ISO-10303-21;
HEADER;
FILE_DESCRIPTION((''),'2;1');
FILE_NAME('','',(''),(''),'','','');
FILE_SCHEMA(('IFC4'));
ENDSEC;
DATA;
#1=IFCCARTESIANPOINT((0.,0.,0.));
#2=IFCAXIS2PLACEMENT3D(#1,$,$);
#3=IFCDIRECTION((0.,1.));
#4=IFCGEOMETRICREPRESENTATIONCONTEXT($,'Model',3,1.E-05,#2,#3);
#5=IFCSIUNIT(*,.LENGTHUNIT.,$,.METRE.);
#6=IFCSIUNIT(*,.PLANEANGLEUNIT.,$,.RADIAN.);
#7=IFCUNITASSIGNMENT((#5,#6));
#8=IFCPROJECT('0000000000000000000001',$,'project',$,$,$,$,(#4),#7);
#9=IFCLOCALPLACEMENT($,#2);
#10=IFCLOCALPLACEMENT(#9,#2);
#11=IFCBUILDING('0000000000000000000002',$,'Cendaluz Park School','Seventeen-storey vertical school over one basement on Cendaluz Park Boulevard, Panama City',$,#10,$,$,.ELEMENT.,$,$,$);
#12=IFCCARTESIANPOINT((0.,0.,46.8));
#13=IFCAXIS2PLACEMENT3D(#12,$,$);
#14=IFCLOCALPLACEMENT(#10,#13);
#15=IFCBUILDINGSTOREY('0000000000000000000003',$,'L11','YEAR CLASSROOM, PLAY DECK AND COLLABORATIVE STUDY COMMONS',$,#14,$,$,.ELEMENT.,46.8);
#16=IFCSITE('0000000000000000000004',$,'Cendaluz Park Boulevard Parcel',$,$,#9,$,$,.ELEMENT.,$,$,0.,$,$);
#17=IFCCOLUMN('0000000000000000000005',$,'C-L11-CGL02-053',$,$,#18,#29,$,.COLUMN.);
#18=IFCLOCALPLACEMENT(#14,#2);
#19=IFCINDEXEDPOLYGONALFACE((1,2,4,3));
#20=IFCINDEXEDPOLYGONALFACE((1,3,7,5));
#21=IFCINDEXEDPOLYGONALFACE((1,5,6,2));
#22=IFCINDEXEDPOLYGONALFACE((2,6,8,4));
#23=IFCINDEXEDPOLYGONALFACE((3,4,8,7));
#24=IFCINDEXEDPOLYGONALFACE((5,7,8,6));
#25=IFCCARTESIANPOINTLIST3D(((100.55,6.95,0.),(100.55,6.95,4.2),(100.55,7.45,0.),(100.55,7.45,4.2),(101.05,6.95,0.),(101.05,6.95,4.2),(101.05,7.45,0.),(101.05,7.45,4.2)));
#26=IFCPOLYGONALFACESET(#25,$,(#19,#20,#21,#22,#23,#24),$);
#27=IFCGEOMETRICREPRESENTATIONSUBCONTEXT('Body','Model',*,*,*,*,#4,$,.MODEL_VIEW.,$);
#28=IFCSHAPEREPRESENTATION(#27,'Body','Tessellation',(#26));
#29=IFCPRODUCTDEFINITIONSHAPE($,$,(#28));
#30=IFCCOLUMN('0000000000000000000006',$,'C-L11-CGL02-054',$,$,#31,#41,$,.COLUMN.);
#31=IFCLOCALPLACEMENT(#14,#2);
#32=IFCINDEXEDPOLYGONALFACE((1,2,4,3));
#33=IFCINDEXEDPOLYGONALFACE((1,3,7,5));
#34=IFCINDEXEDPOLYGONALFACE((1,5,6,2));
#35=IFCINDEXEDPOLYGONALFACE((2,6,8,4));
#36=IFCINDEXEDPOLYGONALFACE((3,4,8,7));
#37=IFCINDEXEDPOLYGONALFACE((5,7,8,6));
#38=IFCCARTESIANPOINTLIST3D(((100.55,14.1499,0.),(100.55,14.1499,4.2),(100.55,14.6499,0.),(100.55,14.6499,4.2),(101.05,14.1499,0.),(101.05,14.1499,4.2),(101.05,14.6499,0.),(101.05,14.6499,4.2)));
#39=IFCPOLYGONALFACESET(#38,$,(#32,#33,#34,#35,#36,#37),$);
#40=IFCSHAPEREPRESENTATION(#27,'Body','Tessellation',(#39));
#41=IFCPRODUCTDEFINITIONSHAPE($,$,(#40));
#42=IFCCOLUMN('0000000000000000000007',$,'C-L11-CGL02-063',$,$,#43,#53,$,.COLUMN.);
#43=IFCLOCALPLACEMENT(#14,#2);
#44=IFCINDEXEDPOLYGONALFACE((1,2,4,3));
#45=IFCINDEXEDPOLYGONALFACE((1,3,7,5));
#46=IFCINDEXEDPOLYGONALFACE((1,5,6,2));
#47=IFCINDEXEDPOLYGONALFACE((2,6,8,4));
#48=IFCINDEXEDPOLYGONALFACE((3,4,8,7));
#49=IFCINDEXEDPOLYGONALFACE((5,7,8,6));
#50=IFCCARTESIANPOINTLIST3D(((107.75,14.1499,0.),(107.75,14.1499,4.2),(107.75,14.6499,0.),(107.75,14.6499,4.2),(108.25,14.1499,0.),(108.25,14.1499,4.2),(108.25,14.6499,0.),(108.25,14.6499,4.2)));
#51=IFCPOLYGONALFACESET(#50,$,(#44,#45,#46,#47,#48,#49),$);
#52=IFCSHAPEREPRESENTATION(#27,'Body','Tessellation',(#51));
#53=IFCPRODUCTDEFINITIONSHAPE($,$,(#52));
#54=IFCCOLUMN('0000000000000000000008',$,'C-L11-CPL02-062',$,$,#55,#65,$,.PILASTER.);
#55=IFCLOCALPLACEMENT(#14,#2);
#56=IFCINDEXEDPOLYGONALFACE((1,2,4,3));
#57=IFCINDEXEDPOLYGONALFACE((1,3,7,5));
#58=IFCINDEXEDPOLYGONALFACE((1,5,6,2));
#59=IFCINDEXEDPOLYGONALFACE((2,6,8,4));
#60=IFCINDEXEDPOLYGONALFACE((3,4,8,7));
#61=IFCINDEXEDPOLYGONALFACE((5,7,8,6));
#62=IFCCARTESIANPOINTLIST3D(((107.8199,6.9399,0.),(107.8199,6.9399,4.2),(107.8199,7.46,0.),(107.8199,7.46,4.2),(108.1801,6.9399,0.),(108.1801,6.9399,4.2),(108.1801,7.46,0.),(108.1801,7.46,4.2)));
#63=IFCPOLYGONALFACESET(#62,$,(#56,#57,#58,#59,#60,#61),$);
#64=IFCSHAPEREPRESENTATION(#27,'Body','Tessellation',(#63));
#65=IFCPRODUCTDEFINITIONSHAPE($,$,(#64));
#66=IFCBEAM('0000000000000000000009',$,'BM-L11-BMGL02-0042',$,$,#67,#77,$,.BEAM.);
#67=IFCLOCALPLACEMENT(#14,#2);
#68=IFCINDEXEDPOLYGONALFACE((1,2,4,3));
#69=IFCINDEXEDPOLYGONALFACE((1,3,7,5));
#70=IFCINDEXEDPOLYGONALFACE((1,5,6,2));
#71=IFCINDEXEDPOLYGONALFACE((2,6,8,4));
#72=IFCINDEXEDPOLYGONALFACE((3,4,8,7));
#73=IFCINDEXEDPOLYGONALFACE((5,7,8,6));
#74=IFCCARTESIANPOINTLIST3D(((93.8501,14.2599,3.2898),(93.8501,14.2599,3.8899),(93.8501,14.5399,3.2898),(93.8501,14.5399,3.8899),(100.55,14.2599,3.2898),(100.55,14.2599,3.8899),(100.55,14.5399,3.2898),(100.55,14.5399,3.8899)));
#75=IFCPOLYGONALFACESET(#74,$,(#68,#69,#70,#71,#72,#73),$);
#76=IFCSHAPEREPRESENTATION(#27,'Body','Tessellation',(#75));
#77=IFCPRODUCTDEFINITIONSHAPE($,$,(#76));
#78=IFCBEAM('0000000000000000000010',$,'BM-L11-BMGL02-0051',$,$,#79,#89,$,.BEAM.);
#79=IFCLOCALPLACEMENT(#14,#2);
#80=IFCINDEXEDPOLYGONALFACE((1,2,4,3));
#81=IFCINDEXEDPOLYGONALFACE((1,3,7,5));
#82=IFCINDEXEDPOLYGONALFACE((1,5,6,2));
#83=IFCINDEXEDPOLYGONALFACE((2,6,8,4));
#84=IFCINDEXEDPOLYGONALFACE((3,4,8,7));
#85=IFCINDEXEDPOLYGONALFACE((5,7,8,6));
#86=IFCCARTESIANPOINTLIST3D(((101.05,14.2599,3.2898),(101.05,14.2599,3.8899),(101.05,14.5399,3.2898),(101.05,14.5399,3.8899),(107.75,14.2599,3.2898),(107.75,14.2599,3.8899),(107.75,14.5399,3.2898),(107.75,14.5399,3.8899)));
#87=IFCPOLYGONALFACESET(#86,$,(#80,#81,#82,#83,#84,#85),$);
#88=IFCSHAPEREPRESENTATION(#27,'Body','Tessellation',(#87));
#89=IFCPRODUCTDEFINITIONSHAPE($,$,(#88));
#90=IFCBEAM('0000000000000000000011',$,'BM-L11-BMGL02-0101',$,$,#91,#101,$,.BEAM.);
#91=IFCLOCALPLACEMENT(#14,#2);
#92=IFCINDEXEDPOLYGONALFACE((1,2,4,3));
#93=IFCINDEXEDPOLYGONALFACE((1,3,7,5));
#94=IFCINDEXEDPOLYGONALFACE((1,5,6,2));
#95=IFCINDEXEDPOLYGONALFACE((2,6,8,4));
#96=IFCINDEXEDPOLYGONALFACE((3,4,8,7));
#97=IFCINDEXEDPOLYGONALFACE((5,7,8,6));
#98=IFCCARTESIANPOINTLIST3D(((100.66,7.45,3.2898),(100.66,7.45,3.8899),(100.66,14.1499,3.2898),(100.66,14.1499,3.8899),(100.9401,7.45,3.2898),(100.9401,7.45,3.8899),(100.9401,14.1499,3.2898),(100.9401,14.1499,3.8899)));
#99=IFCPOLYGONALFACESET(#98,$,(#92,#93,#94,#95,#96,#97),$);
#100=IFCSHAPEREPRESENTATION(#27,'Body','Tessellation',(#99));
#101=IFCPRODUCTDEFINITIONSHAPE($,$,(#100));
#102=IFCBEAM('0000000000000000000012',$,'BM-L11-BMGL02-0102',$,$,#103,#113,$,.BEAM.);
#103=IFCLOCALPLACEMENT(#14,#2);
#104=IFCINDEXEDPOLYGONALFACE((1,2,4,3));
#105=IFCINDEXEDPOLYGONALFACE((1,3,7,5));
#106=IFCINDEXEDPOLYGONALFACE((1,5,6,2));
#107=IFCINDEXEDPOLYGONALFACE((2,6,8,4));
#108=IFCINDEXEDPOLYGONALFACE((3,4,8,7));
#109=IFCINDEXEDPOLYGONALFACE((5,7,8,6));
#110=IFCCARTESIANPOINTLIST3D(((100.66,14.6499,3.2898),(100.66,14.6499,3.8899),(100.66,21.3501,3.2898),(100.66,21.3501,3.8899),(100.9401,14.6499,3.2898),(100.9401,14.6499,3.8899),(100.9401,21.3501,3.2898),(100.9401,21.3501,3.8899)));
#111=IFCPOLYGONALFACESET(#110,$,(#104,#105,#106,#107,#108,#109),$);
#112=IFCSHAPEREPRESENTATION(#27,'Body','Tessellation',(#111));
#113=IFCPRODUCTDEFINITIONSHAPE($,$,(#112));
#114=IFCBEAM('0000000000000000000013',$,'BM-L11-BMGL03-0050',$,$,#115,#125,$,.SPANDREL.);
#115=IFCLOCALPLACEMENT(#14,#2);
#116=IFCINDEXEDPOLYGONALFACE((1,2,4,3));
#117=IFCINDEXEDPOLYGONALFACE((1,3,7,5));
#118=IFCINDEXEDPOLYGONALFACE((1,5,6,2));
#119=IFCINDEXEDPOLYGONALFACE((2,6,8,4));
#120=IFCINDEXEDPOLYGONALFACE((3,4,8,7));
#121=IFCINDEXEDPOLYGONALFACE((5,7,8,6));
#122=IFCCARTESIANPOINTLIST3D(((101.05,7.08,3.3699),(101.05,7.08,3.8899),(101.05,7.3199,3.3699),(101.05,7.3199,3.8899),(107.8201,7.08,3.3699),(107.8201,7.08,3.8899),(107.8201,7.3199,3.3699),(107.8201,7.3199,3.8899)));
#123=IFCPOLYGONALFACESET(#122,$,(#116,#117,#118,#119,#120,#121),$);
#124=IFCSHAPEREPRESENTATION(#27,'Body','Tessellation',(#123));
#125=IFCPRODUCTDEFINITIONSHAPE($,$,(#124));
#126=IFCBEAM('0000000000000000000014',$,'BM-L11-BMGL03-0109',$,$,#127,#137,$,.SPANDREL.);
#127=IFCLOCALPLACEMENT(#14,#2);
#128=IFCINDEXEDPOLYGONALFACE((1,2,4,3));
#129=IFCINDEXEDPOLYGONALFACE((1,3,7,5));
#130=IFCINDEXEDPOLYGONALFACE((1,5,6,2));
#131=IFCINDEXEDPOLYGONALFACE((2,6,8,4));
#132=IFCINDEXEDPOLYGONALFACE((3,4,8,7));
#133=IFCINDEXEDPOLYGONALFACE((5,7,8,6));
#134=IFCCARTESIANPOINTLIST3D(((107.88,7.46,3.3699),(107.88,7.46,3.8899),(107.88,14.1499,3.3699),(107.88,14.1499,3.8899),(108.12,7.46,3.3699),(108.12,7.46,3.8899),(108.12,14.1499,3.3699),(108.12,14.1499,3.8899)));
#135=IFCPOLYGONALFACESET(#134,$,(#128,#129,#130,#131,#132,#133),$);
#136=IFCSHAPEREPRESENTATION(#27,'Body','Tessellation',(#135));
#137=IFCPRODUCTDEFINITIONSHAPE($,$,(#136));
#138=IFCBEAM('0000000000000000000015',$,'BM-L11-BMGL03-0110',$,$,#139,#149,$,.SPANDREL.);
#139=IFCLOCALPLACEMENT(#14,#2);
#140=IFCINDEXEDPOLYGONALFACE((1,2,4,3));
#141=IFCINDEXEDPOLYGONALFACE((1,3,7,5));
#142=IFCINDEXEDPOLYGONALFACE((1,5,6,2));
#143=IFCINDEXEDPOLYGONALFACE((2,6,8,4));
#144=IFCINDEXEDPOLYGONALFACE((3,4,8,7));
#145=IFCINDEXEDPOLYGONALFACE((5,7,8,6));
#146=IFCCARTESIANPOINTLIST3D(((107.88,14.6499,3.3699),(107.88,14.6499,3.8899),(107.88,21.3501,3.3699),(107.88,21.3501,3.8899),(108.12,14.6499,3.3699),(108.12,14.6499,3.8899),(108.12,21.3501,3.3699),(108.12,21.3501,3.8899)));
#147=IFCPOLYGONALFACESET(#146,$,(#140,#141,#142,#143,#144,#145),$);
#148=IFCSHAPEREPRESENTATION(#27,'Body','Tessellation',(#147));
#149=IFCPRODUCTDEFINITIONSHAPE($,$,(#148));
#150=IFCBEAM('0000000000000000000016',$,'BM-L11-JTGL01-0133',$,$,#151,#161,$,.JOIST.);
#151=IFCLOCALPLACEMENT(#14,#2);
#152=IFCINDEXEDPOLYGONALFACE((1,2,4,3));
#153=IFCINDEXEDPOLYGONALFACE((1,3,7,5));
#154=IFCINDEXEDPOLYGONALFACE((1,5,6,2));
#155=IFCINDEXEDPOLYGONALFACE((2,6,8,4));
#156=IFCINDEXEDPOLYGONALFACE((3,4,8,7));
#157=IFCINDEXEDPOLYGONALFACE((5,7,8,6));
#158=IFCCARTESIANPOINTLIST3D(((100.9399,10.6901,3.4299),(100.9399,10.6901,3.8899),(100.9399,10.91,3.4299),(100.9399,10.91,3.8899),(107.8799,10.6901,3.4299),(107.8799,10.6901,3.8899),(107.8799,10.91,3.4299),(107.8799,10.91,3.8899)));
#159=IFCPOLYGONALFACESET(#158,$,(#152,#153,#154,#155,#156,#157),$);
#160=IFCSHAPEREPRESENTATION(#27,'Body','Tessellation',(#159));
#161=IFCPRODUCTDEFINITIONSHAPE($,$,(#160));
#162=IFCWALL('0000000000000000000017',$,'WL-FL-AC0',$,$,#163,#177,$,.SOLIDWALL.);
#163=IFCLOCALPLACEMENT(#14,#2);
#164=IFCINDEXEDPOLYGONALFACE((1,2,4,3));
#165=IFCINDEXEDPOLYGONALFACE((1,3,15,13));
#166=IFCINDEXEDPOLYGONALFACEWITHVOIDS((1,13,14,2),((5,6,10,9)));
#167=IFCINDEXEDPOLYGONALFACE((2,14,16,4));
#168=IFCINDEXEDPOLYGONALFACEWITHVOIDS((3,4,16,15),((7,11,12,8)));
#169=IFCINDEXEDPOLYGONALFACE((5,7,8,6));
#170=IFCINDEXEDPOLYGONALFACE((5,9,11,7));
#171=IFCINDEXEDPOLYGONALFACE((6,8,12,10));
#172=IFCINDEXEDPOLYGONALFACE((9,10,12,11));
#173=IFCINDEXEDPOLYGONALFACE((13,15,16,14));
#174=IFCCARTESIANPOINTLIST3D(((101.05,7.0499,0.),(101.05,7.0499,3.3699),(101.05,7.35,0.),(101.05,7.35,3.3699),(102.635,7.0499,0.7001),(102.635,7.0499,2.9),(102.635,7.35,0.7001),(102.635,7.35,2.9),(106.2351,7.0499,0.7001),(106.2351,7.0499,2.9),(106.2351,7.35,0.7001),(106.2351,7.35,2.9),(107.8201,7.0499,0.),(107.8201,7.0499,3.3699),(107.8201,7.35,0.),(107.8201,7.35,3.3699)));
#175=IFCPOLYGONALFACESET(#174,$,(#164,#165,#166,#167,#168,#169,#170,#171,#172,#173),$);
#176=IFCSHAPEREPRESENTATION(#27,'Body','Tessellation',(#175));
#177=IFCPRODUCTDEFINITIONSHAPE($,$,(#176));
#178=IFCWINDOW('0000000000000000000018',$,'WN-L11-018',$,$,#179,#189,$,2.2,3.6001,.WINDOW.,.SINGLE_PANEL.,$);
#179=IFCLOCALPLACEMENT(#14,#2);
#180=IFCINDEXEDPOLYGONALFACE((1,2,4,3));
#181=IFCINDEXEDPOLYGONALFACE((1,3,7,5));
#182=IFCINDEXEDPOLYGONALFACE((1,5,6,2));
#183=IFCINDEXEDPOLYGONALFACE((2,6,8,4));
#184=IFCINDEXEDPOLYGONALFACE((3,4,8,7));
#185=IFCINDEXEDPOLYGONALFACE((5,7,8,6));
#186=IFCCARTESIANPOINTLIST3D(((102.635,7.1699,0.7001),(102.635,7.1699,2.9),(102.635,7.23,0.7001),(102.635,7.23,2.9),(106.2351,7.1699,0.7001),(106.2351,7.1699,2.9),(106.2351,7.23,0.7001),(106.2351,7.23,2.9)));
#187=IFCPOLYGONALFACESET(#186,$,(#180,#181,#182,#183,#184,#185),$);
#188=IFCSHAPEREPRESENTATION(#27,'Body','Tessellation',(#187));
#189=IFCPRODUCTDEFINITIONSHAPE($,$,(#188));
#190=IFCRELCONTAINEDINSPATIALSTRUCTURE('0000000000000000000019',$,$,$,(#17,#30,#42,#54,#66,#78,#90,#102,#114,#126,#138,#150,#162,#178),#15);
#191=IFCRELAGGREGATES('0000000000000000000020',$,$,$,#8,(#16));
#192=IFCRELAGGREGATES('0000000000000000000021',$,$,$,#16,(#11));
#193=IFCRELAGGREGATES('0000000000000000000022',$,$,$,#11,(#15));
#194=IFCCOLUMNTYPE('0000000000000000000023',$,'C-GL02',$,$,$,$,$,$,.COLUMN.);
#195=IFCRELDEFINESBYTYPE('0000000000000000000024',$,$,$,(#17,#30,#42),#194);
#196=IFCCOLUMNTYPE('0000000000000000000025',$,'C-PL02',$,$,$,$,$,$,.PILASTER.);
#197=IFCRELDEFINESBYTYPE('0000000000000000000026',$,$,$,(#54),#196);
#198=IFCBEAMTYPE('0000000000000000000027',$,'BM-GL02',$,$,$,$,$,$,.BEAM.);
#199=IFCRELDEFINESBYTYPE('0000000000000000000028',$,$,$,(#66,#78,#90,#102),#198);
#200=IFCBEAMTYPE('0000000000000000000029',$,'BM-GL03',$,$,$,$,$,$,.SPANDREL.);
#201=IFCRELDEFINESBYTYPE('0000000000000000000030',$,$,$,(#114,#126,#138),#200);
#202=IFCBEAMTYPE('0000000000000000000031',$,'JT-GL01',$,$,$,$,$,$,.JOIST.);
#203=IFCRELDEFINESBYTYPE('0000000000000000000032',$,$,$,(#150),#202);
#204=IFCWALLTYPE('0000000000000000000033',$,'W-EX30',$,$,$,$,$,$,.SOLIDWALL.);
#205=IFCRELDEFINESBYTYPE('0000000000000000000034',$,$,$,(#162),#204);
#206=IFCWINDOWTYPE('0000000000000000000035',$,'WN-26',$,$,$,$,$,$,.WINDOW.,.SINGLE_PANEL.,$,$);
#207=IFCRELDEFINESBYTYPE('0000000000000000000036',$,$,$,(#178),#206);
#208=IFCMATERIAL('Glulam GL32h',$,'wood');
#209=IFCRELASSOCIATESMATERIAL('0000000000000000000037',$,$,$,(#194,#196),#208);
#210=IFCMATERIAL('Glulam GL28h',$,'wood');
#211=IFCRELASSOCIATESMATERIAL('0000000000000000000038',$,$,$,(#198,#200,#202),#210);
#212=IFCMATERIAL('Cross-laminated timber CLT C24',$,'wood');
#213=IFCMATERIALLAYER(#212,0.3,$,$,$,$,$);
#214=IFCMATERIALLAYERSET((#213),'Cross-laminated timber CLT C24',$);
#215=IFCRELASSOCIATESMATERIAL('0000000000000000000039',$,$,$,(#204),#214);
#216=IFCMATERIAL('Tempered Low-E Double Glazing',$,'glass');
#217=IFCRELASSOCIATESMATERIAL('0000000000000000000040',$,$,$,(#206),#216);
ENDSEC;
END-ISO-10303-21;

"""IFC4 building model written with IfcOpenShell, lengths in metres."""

from ifc_helpers import new_model, si_unit, direction, frame, frame_2d, origin, origin_2d, place, context, subcontext, project, spatial, rectangle, extrude, material, layer, layer_set, material_profile, profile_set, type_object, element, fill, save


model = new_model("IFC4")

# Units and contexts
model_context = context("Model", 3, precision=1e-05, world=origin(), true_north=direction((0.0, 1.0)))
body_context = subcontext(model_context, "Body", "Model", "MODEL_VIEW")
ifc_project = project(units=[si_unit("LENGTHUNIT", "METRE"), si_unit("PLANEANGLEUNIT", "RADIAN")], contexts=[model_context])

# Site, building, storey
site_placement = place(None, origin())
site = spatial("IfcSite", under=ifc_project, at=site_placement, Name="Cendaluz Park Boulevard Parcel", CompositionType="ELEMENT", RefElevation=0.0)
building_placement = place(site_placement, origin())
building = spatial("IfcBuilding", under=site, at=building_placement, Name="Cendaluz Park School", Description="Seventeen-storey vertical school over one basement on Cendaluz Park Boulevard, Panama City", CompositionType="ELEMENT")
storey_placement = place(building_placement, frame((0.0, 0.0, 46.8)))
storey = spatial("IfcBuildingStorey", under=building, at=storey_placement, Name="L11", Description="YEAR CLASSROOM, PLAY DECK AND COLLABORATIVE STUDY COMMONS", CompositionType="ELEMENT", Elevation=46.8)

# Columns
ifc_material_1 = material(Name="Glulam GL32h", Category="wood")
ifc_material_profile_1 = material_profile(ifc_material_1, rectangle(XDim=0.5, YDim=0.5, at=origin_2d()), Name="GL32h 500x500", Category="wood")
ifc_profile_set_1 = profile_set([ifc_material_profile_1], Name="Glulam GL32h")
column_type_1 = type_object("IfcColumnType", Name="C-GL02", PredefinedType="COLUMN", material=ifc_profile_set_1)
for number, where, z_axis, x_axis, name in (
    (1, (100.8, 7.2, 0.0), (0.0, 0.0, 1.0), (1.0, 0.0, 0.0), "C-L11-CGL02-053"),
    (2, (100.8, 14.3999, 0.0), (0.0, 0.0, 1.0), (1.0, 0.0, 0.0), "C-L11-CGL02-054"),
    (3, (108.0, 14.3999, 0.0), (0.0, 0.0, 1.0), (1.0, 0.0, 0.0), "C-L11-CGL02-063"),
):
    element("IfcColumn", number, at=place(storey_placement, frame(where, z_axis=z_axis, x_axis=x_axis)), inside=storey, type_object=column_type_1, Name=name, PredefinedType="COLUMN", context=body_context, shape_type="SweptSolid", body=[
        extrude(rectangle(XDim=0.5, YDim=0.5, at=origin_2d()), origin(), (0.0, 0.0, 1.0), 4.2),
    ])
ifc_material_profile_2 = material_profile(ifc_material_1, rectangle(XDim=0.3601, YDim=0.52, at=origin_2d()), Name="GL32h 360x520", Category="wood")
ifc_profile_set_2 = profile_set([ifc_material_profile_2], Name="Glulam GL32h")
column_type_2 = type_object("IfcColumnType", Name="C-PL02", PredefinedType="PILASTER", material=ifc_profile_set_2)
column_placement = place(storey_placement, frame((108.0, 7.2, 0.0), z_axis=(0.0, 0.0, 1.0), x_axis=(1.0, 0.0, 0.0)))
element("IfcColumn", 4, at=column_placement, inside=storey, type_object=column_type_2, Name="C-L11-CPL02-062", PredefinedType="PILASTER", context=body_context, shape_type="SweptSolid", body=[
    extrude(rectangle(XDim=0.3601, YDim=0.52, at=origin_2d()), origin(), (0.0, 0.0, 1.0), 4.2),
])

# Beams
ifc_material_2 = material(Name="Glulam GL28h", Category="wood")
ifc_material_profile_3 = material_profile(ifc_material_2, rectangle(XDim=0.28, YDim=0.6001, at=origin_2d()), Name="GL28h 280x600", Category="wood")
ifc_profile_set_3 = profile_set([ifc_material_profile_3], Name="Glulam GL28h")
beam_type_1 = type_object("IfcBeamType", Name="BM-GL02", PredefinedType="BEAM", material=ifc_profile_set_3)
for number, where, z_axis, x_axis, name in (
    (5, (93.8501, 14.3999, 3.5898), (1.0, 0.0, 0.0), (0.0, 1.0, 0.0), "BM-L11-BMGL02-0042"),
    (6, (101.05, 14.3999, 3.5898), (1.0, 0.0, 0.0), (0.0, 1.0, 0.0), "BM-L11-BMGL02-0051"),
    (7, (100.8, 7.45, 3.5898), (0.0, 1.0, 0.0), (-1.0, 0.0, 0.0), "BM-L11-BMGL02-0101"),
):
    element("IfcBeam", number, at=place(storey_placement, frame(where, z_axis=z_axis, x_axis=x_axis)), inside=storey, type_object=beam_type_1, Name=name, PredefinedType="BEAM", context=body_context, shape_type="SweptSolid", body=[
        extrude(rectangle(XDim=0.28, YDim=0.6001, at=origin_2d()), origin(), (0.0, 0.0, 1.0), 6.7),
    ])
beam_1_placement = place(storey_placement, frame((100.8, 14.6499, 3.5898), z_axis=(0.0, 1.0, 0.0), x_axis=(-1.0, 0.0, 0.0)))
element("IfcBeam", 8, at=beam_1_placement, inside=storey, type_object=beam_type_1, Name="BM-L11-BMGL02-0102", PredefinedType="BEAM", context=body_context, shape_type="SweptSolid", body=[
    extrude(rectangle(XDim=0.28, YDim=0.6001, at=origin_2d()), origin(), (0.0, 0.0, 1.0), 6.7002),
])
ifc_material_profile_4 = material_profile(ifc_material_2, rectangle(XDim=0.24, YDim=0.52, at=origin_2d()), Name="GL28h 240x520", Category="wood")
ifc_profile_set_4 = profile_set([ifc_material_profile_4], Name="Glulam GL28h")
beam_type_2 = type_object("IfcBeamType", Name="BM-GL03", PredefinedType="SPANDREL", material=ifc_profile_set_4)
beam_2_placement = place(storey_placement, frame((101.05, 7.2, 3.6299), z_axis=(1.0, 0.0, 0.0), x_axis=(0.0, 1.0, 0.0)))
element("IfcBeam", 9, at=beam_2_placement, inside=storey, type_object=beam_type_2, Name="BM-L11-BMGL03-0050", PredefinedType="SPANDREL", context=body_context, shape_type="SweptSolid", body=[
    extrude(rectangle(XDim=0.24, YDim=0.52, at=origin_2d()), origin(), (0.0, 0.0, 1.0), 6.77),
])
beam_3_placement = place(storey_placement, frame((108.0, 7.46, 3.6299), z_axis=(0.0, 1.0, 0.0), x_axis=(-1.0, 0.0, 0.0)))
element("IfcBeam", 10, at=beam_3_placement, inside=storey, type_object=beam_type_2, Name="BM-L11-BMGL03-0109", PredefinedType="SPANDREL", context=body_context, shape_type="SweptSolid", body=[
    extrude(rectangle(XDim=0.24, YDim=0.52, at=origin_2d()), origin(), (0.0, 0.0, 1.0), 6.6899),
])
beam_4_placement = place(storey_placement, frame((108.0, 14.6499, 3.6299), z_axis=(0.0, 1.0, 0.0), x_axis=(-1.0, 0.0, 0.0)))
element("IfcBeam", 11, at=beam_4_placement, inside=storey, type_object=beam_type_2, Name="BM-L11-BMGL03-0110", PredefinedType="SPANDREL", context=body_context, shape_type="SweptSolid", body=[
    extrude(rectangle(XDim=0.24, YDim=0.52, at=origin_2d()), origin(), (0.0, 0.0, 1.0), 6.7002),
])
ifc_material_profile_5 = material_profile(ifc_material_2, rectangle(XDim=0.22, YDim=0.46, at=origin_2d()), Name="GL28h 220x460", Category="wood")
ifc_profile_set_5 = profile_set([ifc_material_profile_5], Name="Glulam GL28h")
beam_type_3 = type_object("IfcBeamType", Name="JT-GL01", PredefinedType="JOIST", material=ifc_profile_set_5)
beam_5_placement = place(storey_placement, frame((100.9399, 10.8, 3.6599), z_axis=(1.0, 0.0, 0.0), x_axis=(0.0, 1.0, 0.0)))
element("IfcBeam", 12, at=beam_5_placement, inside=storey, type_object=beam_type_3, Name="BM-L11-JTGL01-0133", PredefinedType="JOIST", context=body_context, shape_type="SweptSolid", body=[
    extrude(rectangle(XDim=0.22, YDim=0.46, at=origin_2d()), origin(), (0.0, 0.0, 1.0), 6.9399),
])

# Wall, opening, window
ifc_material_3 = material(Name="Cross-laminated timber CLT C24", Category="wood")
ifc_layer_1 = layer(ifc_material_3, 0.3)
ifc_layer_set_1 = layer_set([ifc_layer_1], Name="Cross-laminated timber CLT C24")
wall_type_1 = type_object("IfcWallType", Name="W-EX30", PredefinedType="SOLIDWALL", material=ifc_layer_set_1)
wall_1_placement = place(storey_placement, frame((101.05, 7.2, 0.0), z_axis=(0.0, 0.0, 1.0), x_axis=(1.0, 0.0, 0.0)))
wall_1 = element("IfcWall", 13, at=wall_1_placement, inside=storey, type_object=wall_type_1, Name="WL-FL-AC0", PredefinedType="SOLIDWALL", context=body_context, shape_type="SweptSolid", body=[
    extrude(rectangle(XDim=6.77, YDim=0.3, at=frame_2d((3.385, 0.0))), origin(), (0.0, 0.0, 1.0), 3.3699),
])
opening_1_placement = place(wall_1_placement, frame((1.585, 0.0, 0.7)))
opening_1 = element("IfcOpeningElement", 14, at=opening_1_placement, cuts=wall_1, PredefinedType="OPENING", context=body_context, shape_type="SweptSolid", body=[
    extrude(rectangle(XDim=3.6001, YDim=2.2, at=frame_2d((1.8, 1.1001))), frame((0.0, 0.1621, 0.0), z_axis=(0.0, -1.0, 0.0), x_axis=(1.0, 0.0, 0.0)), (0.0, 0.0, 1.0), 0.324),
])
ifc_material_4 = material(Name="Tempered Low-E Double Glazing", Category="glass")
window_type_1 = type_object("IfcWindowType", Name="WN-26", PartitioningType="SINGLE_PANEL", PredefinedType="WINDOW", material=ifc_material_4)
window_1_placement = place(opening_1_placement, origin())
window_1 = element("IfcWindow", 15, at=window_1_placement, inside=storey, type_object=window_type_1, Name="WN-L11-018", OverallHeight=2.2, OverallWidth=3.6001, PartitioningType="SINGLE_PANEL", PredefinedType="WINDOW", context=body_context, shape_type="SweptSolid", body=[
    extrude(rectangle(XDim=3.6001, YDim=2.2, at=frame_2d((1.8, 1.1001))), frame((0.0, 0.03, 0.0), z_axis=(0.0, -1.0, 0.0), x_axis=(1.0, 0.0, 0.0)), (0.0, 0.0, 1.0), 0.0601),
])
fill(opening_1, window_1)

save(model, "model.ifc")
